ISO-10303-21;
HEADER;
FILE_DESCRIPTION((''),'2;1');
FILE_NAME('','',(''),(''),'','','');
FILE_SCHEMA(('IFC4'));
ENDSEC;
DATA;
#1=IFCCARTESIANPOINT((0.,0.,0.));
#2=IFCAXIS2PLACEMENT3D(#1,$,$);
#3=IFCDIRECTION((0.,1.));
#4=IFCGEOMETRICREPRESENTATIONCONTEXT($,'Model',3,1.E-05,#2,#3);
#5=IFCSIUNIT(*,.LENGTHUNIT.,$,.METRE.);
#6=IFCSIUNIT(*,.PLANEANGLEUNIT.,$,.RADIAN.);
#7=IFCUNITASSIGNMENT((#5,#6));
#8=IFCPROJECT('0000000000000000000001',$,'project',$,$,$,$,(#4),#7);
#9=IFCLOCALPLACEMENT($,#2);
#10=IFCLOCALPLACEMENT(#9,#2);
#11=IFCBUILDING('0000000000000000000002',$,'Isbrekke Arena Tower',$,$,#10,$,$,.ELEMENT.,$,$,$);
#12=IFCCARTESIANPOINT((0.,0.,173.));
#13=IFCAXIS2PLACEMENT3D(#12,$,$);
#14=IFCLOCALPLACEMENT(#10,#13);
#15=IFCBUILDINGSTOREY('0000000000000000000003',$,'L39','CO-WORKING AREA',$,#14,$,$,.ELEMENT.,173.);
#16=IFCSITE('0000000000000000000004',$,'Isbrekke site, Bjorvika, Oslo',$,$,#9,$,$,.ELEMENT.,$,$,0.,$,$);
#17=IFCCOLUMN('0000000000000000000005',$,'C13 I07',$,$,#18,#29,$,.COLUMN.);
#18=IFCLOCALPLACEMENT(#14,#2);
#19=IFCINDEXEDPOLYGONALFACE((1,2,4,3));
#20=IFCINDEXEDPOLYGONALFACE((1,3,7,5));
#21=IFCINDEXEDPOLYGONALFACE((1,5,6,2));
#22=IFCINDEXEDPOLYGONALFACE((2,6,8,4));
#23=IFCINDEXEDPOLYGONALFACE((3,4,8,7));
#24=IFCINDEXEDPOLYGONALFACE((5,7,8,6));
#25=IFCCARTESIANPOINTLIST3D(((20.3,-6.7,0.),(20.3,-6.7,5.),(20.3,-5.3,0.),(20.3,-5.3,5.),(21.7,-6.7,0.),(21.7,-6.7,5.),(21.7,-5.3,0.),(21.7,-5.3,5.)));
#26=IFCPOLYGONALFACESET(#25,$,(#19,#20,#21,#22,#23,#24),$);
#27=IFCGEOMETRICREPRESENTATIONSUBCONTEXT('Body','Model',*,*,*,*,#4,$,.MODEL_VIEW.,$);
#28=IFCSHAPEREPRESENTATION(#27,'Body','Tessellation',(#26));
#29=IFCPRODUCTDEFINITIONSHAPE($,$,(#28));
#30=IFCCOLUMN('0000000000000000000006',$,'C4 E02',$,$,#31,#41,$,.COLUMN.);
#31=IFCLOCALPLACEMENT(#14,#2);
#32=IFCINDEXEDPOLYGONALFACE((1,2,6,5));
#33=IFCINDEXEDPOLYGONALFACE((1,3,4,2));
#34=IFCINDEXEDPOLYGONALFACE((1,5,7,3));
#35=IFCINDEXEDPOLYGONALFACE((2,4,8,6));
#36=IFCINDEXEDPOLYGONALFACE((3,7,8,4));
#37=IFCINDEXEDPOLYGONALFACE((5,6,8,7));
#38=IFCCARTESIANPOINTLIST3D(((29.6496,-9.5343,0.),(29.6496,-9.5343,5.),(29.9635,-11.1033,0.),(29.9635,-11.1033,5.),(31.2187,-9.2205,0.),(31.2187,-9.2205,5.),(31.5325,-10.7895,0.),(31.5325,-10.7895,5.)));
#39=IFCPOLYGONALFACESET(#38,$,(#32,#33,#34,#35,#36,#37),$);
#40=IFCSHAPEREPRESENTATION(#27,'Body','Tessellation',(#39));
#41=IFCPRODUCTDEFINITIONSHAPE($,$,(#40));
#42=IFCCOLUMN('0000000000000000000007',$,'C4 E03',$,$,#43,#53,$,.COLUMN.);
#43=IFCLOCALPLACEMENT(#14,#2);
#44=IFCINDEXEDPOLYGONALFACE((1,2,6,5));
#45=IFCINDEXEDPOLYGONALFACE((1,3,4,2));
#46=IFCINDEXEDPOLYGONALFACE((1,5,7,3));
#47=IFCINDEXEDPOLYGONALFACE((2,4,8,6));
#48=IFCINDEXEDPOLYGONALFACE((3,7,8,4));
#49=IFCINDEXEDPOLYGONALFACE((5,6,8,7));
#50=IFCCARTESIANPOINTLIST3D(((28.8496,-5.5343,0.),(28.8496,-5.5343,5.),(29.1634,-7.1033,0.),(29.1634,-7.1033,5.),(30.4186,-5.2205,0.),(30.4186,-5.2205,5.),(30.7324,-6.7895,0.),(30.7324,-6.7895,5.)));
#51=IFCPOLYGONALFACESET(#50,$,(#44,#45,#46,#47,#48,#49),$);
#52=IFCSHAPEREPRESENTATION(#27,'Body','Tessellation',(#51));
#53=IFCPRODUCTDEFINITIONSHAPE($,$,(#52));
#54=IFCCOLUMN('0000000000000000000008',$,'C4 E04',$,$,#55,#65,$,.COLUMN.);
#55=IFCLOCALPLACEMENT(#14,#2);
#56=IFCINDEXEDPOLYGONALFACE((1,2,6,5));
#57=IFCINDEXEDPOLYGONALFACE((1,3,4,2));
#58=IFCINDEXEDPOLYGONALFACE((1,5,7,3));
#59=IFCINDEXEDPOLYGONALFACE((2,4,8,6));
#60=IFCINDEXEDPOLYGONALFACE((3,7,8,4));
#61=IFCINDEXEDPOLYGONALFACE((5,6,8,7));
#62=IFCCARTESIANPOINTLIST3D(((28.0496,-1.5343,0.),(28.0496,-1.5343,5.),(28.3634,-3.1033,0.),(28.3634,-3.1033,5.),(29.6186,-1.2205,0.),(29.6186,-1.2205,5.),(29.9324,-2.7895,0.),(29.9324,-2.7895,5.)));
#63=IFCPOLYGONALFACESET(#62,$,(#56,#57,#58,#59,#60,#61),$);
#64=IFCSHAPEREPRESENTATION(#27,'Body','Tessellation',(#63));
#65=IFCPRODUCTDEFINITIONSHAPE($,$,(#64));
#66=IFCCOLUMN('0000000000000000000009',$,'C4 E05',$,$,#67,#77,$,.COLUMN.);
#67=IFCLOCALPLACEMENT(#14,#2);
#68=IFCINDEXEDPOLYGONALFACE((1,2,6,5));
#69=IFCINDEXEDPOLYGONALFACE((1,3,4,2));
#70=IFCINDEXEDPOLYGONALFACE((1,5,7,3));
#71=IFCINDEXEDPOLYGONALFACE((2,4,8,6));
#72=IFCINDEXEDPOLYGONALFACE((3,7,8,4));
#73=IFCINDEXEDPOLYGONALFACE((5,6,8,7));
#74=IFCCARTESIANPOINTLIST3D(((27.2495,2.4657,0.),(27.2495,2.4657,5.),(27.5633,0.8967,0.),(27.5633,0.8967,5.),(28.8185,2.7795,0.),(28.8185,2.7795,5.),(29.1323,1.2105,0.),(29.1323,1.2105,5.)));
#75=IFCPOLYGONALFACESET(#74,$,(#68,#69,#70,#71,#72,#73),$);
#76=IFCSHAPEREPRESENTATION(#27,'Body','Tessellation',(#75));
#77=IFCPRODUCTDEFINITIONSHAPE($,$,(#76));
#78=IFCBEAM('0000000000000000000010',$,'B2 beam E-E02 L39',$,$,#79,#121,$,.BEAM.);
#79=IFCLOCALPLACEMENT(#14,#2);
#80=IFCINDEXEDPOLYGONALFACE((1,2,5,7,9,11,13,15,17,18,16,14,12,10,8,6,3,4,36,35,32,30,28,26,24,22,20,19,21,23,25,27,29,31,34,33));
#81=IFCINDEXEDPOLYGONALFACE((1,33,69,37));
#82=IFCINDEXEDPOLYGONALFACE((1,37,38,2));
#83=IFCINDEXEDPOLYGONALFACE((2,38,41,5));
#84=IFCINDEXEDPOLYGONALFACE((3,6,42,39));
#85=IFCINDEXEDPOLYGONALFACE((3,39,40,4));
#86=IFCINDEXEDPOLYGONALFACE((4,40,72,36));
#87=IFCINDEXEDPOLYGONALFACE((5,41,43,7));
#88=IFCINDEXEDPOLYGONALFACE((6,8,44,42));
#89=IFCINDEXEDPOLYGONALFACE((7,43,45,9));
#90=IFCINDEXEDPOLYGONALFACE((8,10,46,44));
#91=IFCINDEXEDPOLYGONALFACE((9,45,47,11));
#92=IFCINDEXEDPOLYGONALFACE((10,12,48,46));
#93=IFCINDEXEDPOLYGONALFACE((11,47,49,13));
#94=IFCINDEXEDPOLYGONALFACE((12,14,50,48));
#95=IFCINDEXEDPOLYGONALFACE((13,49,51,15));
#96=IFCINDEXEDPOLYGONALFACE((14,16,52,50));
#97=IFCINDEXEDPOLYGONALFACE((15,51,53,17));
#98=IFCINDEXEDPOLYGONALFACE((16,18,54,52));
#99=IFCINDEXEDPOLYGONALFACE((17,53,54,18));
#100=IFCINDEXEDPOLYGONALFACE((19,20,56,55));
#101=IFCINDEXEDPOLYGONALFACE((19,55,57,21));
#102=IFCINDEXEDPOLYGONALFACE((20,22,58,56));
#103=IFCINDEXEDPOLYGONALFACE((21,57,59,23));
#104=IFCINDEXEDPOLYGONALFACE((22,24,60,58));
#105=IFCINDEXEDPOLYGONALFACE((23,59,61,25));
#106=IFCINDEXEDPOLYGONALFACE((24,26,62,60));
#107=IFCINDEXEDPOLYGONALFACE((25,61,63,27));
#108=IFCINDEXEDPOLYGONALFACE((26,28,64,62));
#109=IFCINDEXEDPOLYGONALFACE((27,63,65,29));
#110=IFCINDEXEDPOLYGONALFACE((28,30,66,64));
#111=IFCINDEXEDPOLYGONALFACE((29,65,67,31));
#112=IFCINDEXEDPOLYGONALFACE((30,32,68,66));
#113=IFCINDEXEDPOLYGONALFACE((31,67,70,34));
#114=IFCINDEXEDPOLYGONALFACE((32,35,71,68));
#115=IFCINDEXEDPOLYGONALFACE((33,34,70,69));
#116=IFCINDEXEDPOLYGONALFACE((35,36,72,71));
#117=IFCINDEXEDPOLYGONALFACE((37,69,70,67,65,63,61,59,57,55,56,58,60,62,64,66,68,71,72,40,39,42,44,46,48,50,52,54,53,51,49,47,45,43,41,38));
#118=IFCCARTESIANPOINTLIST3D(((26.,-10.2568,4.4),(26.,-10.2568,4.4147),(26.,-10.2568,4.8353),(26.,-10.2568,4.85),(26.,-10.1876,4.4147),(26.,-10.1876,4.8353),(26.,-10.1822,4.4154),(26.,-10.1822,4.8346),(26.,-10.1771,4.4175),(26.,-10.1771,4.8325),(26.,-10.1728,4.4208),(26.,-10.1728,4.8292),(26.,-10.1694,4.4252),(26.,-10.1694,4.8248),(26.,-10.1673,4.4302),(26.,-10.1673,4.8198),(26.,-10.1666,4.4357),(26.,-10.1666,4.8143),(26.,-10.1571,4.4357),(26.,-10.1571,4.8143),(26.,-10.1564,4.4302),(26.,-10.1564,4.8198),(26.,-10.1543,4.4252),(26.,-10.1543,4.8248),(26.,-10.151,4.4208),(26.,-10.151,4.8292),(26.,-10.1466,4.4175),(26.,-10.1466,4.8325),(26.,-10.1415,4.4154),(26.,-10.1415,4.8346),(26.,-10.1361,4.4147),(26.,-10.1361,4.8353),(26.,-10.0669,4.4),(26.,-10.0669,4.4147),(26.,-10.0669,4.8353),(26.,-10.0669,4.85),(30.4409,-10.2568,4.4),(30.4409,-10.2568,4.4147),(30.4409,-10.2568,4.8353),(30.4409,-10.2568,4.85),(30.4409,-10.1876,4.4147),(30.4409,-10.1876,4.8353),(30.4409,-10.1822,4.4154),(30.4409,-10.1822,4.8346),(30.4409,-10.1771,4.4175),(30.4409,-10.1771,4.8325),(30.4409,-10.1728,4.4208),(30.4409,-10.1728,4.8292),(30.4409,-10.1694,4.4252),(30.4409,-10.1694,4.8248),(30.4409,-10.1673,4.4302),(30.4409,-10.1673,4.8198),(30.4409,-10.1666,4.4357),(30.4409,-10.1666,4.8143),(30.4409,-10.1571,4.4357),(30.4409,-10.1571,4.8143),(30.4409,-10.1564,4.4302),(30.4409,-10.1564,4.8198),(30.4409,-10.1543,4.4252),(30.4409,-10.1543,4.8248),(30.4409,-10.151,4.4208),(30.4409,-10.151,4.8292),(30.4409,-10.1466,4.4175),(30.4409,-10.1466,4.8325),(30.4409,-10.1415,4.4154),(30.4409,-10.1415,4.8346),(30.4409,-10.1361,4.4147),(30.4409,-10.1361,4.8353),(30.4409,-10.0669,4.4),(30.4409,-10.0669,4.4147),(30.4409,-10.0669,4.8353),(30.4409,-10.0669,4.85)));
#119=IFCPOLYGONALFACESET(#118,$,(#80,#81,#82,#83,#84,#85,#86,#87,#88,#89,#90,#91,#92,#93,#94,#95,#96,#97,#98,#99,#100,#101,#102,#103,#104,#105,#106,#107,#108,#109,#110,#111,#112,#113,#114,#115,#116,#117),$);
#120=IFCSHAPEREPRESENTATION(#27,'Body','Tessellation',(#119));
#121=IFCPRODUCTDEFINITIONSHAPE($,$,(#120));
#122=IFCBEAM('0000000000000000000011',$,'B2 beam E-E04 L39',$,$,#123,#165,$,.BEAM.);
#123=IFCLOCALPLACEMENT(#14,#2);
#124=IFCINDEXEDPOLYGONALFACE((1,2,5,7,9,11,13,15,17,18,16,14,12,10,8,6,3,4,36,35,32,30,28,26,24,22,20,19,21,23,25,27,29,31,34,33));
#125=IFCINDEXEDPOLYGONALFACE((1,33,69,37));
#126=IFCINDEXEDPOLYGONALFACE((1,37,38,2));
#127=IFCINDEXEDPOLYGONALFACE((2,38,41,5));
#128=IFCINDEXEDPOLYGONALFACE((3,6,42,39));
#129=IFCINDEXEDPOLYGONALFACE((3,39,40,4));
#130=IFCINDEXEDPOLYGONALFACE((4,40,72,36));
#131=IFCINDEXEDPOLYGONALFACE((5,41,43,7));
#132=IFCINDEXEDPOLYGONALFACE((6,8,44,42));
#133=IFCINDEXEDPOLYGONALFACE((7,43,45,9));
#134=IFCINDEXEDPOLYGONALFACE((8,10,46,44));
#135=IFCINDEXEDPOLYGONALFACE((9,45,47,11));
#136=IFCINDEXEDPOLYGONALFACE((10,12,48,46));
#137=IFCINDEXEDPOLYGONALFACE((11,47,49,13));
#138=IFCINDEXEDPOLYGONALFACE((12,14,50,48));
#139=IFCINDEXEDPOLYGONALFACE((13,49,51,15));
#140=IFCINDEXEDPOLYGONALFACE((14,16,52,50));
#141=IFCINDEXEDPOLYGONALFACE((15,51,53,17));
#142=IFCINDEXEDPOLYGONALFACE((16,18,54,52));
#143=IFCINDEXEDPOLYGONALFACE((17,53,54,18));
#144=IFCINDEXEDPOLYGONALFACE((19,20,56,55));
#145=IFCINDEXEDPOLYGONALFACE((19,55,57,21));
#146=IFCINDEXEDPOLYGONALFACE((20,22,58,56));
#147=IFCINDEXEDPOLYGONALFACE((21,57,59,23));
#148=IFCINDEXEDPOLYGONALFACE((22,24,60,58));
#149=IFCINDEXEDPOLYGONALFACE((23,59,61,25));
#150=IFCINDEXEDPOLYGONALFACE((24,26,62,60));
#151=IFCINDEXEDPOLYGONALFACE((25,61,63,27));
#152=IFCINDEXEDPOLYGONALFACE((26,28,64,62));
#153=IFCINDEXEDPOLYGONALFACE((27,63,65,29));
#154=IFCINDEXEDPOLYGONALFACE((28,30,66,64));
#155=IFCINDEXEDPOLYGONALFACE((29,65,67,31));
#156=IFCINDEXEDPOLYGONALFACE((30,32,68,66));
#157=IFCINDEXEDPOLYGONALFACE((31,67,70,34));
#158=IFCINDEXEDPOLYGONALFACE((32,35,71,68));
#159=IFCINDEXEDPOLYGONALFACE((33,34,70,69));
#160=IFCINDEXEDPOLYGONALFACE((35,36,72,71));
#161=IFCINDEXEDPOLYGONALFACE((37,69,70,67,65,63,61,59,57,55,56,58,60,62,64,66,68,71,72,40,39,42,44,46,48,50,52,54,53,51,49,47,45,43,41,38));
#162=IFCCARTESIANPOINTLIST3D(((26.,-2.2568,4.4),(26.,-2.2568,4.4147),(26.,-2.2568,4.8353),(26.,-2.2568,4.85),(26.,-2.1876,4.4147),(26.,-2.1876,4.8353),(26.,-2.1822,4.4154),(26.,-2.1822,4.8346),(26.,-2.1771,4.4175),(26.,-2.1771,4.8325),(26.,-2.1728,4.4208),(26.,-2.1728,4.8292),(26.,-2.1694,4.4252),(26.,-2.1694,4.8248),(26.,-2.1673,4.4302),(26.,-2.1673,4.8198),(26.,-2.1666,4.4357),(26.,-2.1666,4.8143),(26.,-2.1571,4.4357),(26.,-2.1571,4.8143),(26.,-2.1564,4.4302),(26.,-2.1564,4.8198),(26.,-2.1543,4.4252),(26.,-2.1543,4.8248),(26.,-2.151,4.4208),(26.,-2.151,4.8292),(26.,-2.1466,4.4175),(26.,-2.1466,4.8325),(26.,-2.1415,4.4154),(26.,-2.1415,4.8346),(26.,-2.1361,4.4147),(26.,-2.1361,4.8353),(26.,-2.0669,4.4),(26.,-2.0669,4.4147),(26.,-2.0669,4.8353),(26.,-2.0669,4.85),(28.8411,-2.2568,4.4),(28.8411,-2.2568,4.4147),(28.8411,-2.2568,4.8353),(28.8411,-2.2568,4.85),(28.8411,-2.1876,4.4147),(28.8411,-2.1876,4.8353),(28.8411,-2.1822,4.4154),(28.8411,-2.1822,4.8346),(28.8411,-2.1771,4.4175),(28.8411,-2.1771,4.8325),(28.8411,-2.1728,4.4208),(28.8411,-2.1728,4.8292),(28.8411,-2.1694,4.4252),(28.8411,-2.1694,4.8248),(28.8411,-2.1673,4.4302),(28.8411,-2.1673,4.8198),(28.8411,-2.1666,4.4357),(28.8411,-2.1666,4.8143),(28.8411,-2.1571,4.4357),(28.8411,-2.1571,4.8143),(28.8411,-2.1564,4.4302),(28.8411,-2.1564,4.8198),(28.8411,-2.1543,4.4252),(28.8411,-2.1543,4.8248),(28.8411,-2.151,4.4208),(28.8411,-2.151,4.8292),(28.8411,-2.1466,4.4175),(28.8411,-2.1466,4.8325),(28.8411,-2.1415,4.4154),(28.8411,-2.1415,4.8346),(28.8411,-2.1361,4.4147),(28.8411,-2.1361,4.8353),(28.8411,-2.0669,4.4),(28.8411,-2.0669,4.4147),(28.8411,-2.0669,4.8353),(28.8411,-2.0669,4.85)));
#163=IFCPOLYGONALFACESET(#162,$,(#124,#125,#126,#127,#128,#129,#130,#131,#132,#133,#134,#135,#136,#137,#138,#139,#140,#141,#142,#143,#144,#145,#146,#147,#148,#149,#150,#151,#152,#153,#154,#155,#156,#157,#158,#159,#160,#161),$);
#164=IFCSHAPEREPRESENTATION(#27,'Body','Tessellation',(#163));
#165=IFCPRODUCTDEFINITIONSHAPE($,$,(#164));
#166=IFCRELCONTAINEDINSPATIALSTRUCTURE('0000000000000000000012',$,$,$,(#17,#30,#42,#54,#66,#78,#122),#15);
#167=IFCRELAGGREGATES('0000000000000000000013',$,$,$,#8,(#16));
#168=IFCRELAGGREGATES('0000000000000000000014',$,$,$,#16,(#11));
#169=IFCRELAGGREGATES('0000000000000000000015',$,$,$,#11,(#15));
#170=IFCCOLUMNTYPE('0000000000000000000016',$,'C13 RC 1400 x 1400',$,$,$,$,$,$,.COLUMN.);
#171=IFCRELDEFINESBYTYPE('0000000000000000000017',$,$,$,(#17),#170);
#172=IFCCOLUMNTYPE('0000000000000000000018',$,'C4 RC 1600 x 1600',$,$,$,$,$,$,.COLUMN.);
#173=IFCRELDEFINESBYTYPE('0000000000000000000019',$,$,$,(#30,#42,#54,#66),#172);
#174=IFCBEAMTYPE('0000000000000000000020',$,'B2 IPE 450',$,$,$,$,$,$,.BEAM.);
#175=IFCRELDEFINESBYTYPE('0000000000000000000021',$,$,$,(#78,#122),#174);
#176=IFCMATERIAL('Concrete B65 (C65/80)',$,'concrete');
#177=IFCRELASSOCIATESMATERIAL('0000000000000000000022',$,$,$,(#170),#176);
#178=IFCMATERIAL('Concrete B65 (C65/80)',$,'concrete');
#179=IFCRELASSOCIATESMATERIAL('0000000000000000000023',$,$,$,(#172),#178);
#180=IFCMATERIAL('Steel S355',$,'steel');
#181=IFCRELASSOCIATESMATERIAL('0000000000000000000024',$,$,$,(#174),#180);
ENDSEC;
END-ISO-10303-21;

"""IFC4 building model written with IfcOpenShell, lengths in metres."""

from ifc_helpers import new_model, si_unit, direction, frame, origin, origin_2d, place, context, subcontext, project, spatial, rectangle, i_section, extrude, material, material_profile, profile_set, type_object, element, save


model = new_model("IFC4")

# Units and contexts
model_context = context("Model", 3, precision=1e-05, world=origin(), true_north=direction((0.0, 1.0)))
body_context = subcontext(model_context, "Body", "Model", "MODEL_VIEW")
ifc_project = project(units=[si_unit("LENGTHUNIT", "METRE"), si_unit("PLANEANGLEUNIT", "RADIAN")], contexts=[model_context])

# Site, building, storey
site_placement = place(None, origin())
site = spatial("IfcSite", under=ifc_project, at=site_placement, Name="Isbrekke site, Bjorvika, Oslo", CompositionType="ELEMENT", RefElevation=0.0)
building_placement = place(site_placement, origin())
building = spatial("IfcBuilding", under=site, at=building_placement, Name="Isbrekke Arena Tower", CompositionType="ELEMENT")
storey_placement = place(building_placement, frame((0.0, 0.0, 173.0)))
storey = spatial("IfcBuildingStorey", under=building, at=storey_placement, Name="L39", Description="CO-WORKING AREA", CompositionType="ELEMENT", Elevation=173.0)

# Columns
ifc_material_1 = material(Name="Concrete B65 (C65/80)", Category="concrete")
ifc_material_profile_1 = material_profile(ifc_material_1, rectangle(XDim=1.3999, YDim=1.3999, at=origin_2d()), Name="RC 1400x1400")
ifc_profile_set_1 = profile_set([ifc_material_profile_1], Name="Concrete B65 (C65/80)")
column_type_1 = type_object("IfcColumnType", Name="C13 RC 1400 x 1400", PredefinedType="COLUMN", material=ifc_profile_set_1)
column_placement = place(storey_placement, frame((21.0, -6.0, 0.0), z_axis=(0.0, 0.0, 1.0), x_axis=(1.0, 0.0, 0.0)))
element("IfcColumn", 1, at=column_placement, inside=storey, type_object=column_type_1, Name="C13 I07", PredefinedType="COLUMN", context=body_context, shape_type="SweptSolid", body=[
    extrude(rectangle(XDim=1.3999, YDim=1.3999, at=origin_2d()), origin(), (0.0, 0.0, 1.0), 5.0),
])
ifc_material_2 = material(Name="Concrete B65 (C65/80)", Category="concrete")
ifc_material_profile_2 = material_profile(ifc_material_2, rectangle(XDim=1.6001, YDim=1.6001, at=origin_2d()), Name="RC 1600x1600")
ifc_profile_set_2 = profile_set([ifc_material_profile_2], Name="Concrete B65 (C65/80)")
column_type_2 = type_object("IfcColumnType", Name="C4 RC 1600 x 1600", PredefinedType="COLUMN", material=ifc_profile_set_2)
for number, where, z_axis, x_axis, name in (
    (2, (30.5911, -10.1619, 0.0), (0.0, 0.0, 1.0), (-0.196116, 0.980581, 0.0), "C4 E02"),
    (3, (29.791, -6.1619, 0.0), (0.0, 0.0, 1.0), (-0.196116, 0.980581, 0.0), "C4 E03"),
    (4, (28.991, -2.1619, 0.0), (0.0, 0.0, 1.0), (-0.196116, 0.980581, 0.0), "C4 E04"),
    (5, (28.1909, 1.8381, 0.0), (0.0, 0.0, 1.0), (-0.196116, 0.980581, 0.0), "C4 E05"),
):
    element("IfcColumn", number, at=place(storey_placement, frame(where, z_axis=z_axis, x_axis=x_axis)), inside=storey, type_object=column_type_2, Name=name, PredefinedType="COLUMN", context=body_context, shape_type="SweptSolid", body=[
        extrude(rectangle(XDim=1.6001, YDim=1.6001, at=origin_2d()), origin(), (0.0, 0.0, 1.0), 5.0),
    ])

# Beams
ifc_material_3 = material(Name="Steel S355", Category="steel")
ifc_material_profile_3 = material_profile(ifc_material_3, i_section(OverallWidth=0.1899, OverallDepth=0.45, WebThickness=0.0095, FlangeThickness=0.0146, FilletRadius=0.021, at=origin_2d()), Name="IPE 450")
ifc_profile_set_3 = profile_set([ifc_material_profile_3], Name="Steel S355")
beam_type_1 = type_object("IfcBeamType", Name="B2 IPE 450", PredefinedType="BEAM", material=ifc_profile_set_3)
beam_1_placement = place(storey_placement, frame((30.4409, -10.1619, 4.625), z_axis=(-1.0, 0.0, 0.0), x_axis=(0.0, -1.0, 0.0)))
element("IfcBeam", 6, at=beam_1_placement, inside=storey, type_object=beam_type_1, Name="B2 beam E-E02 L39", PredefinedType="BEAM", context=body_context, shape_type="SweptSolid", body=[
    extrude(i_section(OverallWidth=0.1899, OverallDepth=0.45, WebThickness=0.0095, FlangeThickness=0.0146, FilletRadius=0.021, at=origin_2d()), origin(), (0.0, 0.0, 1.0), 4.4409),
])
beam_2_placement = place(storey_placement, frame((28.8411, -2.1619, 4.625), z_axis=(-1.0, 0.0, 0.0), x_axis=(0.0, -1.0, 0.0)))
element("IfcBeam", 7, at=beam_2_placement, inside=storey, type_object=beam_type_1, Name="B2 beam E-E04 L39", PredefinedType="BEAM", context=body_context, shape_type="SweptSolid", body=[
    extrude(i_section(OverallWidth=0.1899, OverallDepth=0.45, WebThickness=0.0095, FlangeThickness=0.0146, FilletRadius=0.021, at=origin_2d()), origin(), (0.0, 0.0, 1.0), 2.8411),
])

save(model, "model.ifc")
